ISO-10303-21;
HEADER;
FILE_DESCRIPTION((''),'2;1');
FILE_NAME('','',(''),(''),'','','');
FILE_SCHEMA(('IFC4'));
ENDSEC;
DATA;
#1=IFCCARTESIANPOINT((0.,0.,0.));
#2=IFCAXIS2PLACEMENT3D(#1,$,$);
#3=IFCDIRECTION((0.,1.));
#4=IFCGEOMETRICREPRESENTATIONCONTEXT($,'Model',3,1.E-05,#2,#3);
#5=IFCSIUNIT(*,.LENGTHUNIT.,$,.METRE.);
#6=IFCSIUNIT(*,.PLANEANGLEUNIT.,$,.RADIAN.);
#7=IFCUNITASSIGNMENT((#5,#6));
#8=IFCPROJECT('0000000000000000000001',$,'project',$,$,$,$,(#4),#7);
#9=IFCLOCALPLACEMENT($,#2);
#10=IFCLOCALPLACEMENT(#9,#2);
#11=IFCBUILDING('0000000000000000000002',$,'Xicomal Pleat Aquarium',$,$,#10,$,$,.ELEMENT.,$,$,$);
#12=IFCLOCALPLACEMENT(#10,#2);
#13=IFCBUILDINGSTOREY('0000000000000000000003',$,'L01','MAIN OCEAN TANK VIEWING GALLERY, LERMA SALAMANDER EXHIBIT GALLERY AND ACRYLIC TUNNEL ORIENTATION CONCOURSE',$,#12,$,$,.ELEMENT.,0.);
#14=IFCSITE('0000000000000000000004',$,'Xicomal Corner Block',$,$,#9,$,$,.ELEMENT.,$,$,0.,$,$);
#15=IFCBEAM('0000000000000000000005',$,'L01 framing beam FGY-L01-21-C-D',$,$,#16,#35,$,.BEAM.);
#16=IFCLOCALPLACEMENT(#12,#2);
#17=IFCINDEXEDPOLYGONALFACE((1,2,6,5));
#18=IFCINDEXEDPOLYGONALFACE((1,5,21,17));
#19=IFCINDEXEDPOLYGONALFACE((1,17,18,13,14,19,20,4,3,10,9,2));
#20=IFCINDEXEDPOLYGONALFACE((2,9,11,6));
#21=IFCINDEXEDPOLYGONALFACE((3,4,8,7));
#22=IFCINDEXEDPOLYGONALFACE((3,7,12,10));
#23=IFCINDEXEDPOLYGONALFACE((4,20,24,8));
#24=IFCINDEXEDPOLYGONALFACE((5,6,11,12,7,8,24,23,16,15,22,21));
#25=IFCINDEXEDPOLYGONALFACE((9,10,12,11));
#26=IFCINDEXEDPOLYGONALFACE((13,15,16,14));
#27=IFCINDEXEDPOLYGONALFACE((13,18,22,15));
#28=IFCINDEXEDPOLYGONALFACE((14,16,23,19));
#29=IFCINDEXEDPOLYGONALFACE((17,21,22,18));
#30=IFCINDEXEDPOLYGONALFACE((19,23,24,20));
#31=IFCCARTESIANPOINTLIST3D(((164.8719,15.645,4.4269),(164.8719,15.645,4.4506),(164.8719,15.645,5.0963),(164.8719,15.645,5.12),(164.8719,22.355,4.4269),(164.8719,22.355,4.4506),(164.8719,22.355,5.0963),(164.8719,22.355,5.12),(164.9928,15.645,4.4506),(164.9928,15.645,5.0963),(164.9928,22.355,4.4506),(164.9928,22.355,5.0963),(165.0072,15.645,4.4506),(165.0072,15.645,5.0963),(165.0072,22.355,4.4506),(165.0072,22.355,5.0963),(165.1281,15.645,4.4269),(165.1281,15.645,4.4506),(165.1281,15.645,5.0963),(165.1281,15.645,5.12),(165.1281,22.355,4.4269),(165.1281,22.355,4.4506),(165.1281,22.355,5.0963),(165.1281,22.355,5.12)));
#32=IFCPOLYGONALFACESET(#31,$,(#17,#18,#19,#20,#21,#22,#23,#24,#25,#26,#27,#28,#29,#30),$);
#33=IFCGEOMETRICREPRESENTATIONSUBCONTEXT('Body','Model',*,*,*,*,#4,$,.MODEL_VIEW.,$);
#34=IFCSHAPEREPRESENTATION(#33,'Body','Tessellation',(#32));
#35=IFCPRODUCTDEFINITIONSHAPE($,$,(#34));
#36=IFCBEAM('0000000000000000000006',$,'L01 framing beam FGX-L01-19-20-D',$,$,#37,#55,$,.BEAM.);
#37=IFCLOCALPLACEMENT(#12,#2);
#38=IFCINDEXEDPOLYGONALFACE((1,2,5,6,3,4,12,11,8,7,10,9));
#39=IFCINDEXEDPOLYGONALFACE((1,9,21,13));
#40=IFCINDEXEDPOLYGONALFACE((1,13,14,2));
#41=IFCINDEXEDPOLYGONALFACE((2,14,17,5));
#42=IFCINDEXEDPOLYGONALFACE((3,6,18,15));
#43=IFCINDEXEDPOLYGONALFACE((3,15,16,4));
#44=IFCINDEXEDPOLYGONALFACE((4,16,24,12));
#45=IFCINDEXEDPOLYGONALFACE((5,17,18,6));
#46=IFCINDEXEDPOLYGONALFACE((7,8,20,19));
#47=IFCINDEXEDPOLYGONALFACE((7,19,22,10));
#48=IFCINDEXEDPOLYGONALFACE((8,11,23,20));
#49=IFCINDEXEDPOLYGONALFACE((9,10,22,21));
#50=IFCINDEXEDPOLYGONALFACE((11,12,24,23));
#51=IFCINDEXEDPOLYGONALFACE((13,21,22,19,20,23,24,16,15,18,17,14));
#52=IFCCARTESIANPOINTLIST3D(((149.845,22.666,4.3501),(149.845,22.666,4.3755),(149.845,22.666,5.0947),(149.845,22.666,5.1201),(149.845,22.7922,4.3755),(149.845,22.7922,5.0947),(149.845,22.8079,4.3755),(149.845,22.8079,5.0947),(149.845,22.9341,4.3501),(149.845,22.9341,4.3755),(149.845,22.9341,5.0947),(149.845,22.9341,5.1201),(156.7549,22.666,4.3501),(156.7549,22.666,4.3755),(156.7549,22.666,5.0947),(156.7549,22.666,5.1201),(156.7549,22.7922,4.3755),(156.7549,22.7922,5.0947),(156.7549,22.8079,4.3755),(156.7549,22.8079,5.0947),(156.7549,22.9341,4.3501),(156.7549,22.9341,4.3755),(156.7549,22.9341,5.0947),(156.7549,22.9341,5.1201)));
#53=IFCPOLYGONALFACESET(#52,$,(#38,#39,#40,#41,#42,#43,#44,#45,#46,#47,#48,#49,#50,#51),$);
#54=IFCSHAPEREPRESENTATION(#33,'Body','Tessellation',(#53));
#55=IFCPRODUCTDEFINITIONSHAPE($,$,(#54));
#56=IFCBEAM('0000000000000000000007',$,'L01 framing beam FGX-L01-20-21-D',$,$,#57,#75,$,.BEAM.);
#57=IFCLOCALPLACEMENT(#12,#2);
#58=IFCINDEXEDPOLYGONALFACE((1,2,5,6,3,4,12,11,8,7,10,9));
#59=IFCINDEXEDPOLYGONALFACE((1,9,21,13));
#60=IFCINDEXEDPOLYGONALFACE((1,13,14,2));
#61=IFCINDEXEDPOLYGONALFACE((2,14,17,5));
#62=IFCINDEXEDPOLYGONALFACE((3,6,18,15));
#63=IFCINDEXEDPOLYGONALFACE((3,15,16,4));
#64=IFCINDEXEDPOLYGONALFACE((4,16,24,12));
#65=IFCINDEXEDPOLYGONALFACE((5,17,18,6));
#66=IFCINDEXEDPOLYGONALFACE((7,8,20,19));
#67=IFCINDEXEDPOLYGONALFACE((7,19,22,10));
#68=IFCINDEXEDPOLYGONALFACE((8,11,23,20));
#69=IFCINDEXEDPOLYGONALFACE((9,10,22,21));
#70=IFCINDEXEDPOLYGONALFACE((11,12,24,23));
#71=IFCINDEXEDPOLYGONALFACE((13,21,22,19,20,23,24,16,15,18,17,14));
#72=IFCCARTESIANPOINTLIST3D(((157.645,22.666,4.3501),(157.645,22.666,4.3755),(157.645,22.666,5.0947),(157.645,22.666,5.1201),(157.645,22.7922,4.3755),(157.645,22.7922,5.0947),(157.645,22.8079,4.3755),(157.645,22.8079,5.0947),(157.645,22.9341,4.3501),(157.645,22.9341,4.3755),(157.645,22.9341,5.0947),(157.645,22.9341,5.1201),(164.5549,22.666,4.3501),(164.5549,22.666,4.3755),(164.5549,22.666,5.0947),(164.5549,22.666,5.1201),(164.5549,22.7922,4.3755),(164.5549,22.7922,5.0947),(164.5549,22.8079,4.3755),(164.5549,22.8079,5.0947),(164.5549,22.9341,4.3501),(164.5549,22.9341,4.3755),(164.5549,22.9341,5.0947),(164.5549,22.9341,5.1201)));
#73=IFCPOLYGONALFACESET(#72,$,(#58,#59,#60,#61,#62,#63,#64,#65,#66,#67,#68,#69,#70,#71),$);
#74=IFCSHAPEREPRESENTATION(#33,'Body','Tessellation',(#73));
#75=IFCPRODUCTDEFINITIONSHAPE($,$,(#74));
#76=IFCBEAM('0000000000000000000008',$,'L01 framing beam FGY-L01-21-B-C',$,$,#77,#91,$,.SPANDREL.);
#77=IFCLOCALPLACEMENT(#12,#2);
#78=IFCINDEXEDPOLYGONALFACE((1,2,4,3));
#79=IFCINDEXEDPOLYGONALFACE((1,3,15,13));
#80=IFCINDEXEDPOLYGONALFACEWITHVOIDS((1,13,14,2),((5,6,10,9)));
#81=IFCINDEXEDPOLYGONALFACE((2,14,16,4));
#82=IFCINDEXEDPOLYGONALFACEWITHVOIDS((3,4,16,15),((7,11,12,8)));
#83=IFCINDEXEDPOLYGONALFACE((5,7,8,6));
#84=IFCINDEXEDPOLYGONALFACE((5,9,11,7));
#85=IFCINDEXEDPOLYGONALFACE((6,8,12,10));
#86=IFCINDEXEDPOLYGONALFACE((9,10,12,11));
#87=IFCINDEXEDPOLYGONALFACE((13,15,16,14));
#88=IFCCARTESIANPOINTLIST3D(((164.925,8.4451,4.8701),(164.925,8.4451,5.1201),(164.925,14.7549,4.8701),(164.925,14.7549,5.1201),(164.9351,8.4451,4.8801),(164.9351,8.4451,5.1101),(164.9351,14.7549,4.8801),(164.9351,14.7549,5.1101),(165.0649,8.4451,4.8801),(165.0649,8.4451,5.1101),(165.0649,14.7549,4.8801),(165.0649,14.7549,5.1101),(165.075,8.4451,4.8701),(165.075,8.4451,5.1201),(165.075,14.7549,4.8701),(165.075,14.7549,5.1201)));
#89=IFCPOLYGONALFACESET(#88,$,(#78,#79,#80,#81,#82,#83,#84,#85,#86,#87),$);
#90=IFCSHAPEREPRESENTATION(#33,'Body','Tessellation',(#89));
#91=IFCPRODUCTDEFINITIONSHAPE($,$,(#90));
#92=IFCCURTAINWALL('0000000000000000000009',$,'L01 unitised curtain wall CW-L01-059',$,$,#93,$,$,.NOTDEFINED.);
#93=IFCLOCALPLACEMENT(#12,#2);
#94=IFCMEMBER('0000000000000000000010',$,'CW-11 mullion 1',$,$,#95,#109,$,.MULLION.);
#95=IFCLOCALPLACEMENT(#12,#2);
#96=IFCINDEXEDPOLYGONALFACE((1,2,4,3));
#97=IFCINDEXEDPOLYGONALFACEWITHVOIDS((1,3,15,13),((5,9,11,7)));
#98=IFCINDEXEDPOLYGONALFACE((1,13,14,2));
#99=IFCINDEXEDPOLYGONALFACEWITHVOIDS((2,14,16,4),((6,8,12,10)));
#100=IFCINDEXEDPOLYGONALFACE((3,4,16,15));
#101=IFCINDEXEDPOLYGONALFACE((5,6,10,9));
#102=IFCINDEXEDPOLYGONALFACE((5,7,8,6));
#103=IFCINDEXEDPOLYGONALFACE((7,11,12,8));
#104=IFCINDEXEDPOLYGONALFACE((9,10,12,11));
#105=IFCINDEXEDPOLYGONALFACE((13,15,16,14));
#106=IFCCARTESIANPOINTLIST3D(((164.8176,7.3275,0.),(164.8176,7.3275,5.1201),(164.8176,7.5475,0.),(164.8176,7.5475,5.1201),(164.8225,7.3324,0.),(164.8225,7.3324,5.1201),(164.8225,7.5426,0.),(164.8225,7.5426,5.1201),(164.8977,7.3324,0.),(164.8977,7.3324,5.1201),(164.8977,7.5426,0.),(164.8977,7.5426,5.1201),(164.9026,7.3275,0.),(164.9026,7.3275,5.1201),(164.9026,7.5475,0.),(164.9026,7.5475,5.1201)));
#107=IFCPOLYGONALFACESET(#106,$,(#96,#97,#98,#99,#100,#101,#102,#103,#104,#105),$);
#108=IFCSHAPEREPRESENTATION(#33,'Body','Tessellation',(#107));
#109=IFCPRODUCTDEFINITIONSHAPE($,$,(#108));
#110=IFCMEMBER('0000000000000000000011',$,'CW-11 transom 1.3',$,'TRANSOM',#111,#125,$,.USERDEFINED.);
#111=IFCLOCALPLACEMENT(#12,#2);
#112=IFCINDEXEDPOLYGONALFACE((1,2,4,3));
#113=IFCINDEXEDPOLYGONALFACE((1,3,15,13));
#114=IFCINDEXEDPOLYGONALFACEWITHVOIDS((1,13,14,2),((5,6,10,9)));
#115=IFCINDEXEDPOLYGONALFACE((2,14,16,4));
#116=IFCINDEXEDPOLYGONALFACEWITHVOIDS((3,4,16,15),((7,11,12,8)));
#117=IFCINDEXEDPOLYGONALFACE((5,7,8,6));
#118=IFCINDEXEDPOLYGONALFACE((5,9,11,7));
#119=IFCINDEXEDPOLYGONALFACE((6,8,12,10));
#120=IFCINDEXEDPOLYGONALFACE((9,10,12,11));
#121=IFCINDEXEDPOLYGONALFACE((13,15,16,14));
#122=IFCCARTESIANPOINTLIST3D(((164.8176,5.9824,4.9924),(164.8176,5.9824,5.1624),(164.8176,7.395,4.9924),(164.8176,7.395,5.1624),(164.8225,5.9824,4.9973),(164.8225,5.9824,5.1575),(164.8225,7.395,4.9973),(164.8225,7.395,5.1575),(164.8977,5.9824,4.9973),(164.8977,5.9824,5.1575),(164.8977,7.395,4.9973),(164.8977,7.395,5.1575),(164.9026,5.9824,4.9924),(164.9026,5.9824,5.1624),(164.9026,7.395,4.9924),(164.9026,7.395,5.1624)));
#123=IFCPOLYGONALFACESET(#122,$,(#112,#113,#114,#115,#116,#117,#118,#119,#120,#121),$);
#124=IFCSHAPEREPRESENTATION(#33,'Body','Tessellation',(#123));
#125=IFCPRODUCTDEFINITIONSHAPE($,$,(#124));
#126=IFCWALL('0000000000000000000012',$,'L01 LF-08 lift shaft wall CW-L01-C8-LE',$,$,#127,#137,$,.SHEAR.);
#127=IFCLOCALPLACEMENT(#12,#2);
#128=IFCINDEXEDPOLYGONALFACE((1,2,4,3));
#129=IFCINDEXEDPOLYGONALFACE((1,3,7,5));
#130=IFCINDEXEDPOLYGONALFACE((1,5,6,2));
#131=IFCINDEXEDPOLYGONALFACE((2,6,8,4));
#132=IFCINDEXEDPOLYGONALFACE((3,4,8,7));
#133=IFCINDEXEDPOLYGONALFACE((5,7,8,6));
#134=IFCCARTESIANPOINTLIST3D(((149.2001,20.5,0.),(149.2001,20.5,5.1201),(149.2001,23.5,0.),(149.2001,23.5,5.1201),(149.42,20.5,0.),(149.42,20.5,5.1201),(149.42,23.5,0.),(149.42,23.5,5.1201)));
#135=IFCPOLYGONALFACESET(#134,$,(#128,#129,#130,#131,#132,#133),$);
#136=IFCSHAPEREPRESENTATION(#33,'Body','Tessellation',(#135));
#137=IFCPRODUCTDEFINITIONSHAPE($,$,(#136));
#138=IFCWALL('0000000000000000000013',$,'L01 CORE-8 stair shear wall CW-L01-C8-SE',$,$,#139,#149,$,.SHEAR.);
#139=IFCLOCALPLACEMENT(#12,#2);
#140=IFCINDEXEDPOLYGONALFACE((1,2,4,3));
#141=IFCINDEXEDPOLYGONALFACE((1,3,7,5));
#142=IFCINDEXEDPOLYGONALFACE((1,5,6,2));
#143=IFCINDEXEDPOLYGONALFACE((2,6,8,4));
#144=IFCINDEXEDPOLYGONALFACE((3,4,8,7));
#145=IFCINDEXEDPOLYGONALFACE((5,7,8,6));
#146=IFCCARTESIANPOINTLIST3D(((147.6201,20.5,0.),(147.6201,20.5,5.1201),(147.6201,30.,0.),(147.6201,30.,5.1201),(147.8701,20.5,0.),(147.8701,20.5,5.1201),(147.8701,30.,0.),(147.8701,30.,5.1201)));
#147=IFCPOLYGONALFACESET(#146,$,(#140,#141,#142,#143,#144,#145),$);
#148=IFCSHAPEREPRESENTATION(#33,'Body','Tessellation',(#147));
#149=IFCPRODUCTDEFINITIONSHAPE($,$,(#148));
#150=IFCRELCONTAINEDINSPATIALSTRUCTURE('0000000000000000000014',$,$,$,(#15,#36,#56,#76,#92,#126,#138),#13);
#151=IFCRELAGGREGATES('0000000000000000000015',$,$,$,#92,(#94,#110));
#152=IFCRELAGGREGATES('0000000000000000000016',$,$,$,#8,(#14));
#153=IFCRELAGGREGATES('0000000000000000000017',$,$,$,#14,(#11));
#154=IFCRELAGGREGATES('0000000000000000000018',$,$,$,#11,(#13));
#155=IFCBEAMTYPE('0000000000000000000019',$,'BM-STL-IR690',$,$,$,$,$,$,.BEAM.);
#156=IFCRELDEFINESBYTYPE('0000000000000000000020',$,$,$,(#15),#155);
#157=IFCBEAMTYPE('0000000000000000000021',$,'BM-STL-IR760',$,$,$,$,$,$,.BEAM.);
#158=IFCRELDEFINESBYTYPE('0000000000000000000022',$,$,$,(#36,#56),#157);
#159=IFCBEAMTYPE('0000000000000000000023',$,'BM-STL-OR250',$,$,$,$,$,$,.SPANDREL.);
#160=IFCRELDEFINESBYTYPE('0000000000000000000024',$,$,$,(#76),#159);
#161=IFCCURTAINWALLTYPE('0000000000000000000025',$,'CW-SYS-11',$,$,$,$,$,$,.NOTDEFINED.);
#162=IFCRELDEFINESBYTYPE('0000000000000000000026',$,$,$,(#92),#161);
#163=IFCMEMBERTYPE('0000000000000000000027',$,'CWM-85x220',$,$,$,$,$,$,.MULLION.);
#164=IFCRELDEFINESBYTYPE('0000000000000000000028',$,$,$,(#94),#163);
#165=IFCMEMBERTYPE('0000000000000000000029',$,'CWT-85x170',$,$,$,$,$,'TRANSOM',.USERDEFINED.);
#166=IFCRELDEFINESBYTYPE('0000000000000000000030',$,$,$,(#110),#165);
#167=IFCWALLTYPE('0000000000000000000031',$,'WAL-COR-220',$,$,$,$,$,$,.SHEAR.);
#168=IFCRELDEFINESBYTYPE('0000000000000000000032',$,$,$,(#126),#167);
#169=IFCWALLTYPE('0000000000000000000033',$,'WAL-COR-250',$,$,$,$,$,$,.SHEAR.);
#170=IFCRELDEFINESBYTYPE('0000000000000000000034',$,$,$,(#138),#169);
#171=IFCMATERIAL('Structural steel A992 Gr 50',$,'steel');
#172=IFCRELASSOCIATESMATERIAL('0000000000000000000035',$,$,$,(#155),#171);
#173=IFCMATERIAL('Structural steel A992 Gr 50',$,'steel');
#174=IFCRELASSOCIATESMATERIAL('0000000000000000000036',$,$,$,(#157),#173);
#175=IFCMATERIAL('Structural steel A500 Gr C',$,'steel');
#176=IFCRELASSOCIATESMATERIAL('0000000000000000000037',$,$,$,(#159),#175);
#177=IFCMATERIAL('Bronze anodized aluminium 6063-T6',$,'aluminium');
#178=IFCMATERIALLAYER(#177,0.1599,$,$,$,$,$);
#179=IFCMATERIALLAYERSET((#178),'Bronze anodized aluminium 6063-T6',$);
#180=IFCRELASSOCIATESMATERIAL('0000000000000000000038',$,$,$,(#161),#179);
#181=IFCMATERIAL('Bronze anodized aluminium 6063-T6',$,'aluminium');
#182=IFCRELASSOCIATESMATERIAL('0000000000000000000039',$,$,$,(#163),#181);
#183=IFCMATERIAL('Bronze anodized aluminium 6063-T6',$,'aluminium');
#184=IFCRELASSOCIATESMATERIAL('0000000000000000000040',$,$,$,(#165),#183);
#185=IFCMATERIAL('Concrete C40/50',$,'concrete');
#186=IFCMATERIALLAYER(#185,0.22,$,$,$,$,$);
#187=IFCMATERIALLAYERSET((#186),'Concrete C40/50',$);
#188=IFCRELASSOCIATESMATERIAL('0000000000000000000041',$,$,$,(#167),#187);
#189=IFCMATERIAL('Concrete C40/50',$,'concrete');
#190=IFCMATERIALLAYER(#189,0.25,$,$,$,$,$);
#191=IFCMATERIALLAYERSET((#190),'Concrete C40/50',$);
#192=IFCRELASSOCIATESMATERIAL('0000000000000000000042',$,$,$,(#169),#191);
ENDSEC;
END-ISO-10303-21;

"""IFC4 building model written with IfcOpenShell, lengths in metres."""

from ifc_helpers import new_model, si_unit, direction, frame, frame_2d, origin, origin_2d, place, context, subcontext, project, spatial, rectangle, hollow_rectangle, i_section, extrude, material, layer, layer_set, material_profile, profile_set, type_object, element, aggregate, save


model = new_model("IFC4")

# Units and contexts
model_context = context("Model", 3, precision=1e-05, world=origin(), true_north=direction((0.0, 1.0)))
body_context = subcontext(model_context, "Body", "Model", "MODEL_VIEW")
ifc_project = project(units=[si_unit("LENGTHUNIT", "METRE"), si_unit("PLANEANGLEUNIT", "RADIAN")], contexts=[model_context])

# Site, building, storey
site_placement = place(None, origin())
site = spatial("IfcSite", under=ifc_project, at=site_placement, Name="Xicomal Corner Block", CompositionType="ELEMENT", RefElevation=0.0)
building_placement = place(site_placement, origin())
building = spatial("IfcBuilding", under=site, at=building_placement, Name="Xicomal Pleat Aquarium", CompositionType="ELEMENT")
storey_placement = place(building_placement, origin())
storey = spatial("IfcBuildingStorey", under=building, at=storey_placement, Name="L01", Description="MAIN OCEAN TANK VIEWING GALLERY, LERMA SALAMANDER EXHIBIT GALLERY AND ACRYLIC TUNNEL ORIENTATION CONCOURSE", CompositionType="ELEMENT", Elevation=0.0)

# Beams
ifc_material_1 = material(Name="Structural steel A992 Gr 50", Category="steel")
ifc_material_profile_1 = material_profile(ifc_material_1, i_section(OverallWidth=0.2561, OverallDepth=0.6931, WebThickness=0.0144, FlangeThickness=0.0237, at=origin_2d()), Name="IR 690x170")
ifc_profile_set_1 = profile_set([ifc_material_profile_1], Name="Structural steel A992 Gr 50")
beam_type_1 = type_object("IfcBeamType", Name="BM-STL-IR690", PredefinedType="BEAM", material=ifc_profile_set_1)
for number, where, z_axis, x_axis, name in (
    (1, (165.0, 15.645, 4.7734), (0.0, 1.0, 0.0), (-1.0, 0.0, 0.0), "L01 framing beam FGY-L01-21-C-D"),
):
    element("IfcBeam", number, at=place(storey_placement, frame(where, z_axis=z_axis, x_axis=x_axis)), inside=storey, type_object=beam_type_1, Name=name, PredefinedType="BEAM", context=body_context, shape_type="SweptSolid", body=[
        extrude(i_section(OverallWidth=0.2561, OverallDepth=0.6931, WebThickness=0.0144, FlangeThickness=0.0237, at=origin_2d()), origin(), (0.0, 0.0, 1.0), 6.71),
    ])
ifc_material_2 = material(Name="Structural steel A992 Gr 50", Category="steel")
ifc_material_profile_2 = material_profile(ifc_material_2, i_section(OverallWidth=0.2681, OverallDepth=0.77, WebThickness=0.0156, FlangeThickness=0.0254, at=origin_2d()), Name="IR 760x196")
ifc_profile_set_2 = profile_set([ifc_material_profile_2], Name="Structural steel A992 Gr 50")
beam_type_2 = type_object("IfcBeamType", Name="BM-STL-IR760", PredefinedType="BEAM", material=ifc_profile_set_2)
for number, where, z_axis, x_axis, name in (
    (2, (149.845, 22.8, 4.7351), (1.0, 0.0, 0.0), (0.0, 1.0, 0.0), "L01 framing beam FGX-L01-19-20-D"),
    (3, (157.645, 22.8, 4.7351), (1.0, 0.0, 0.0), (0.0, 1.0, 0.0), "L01 framing beam FGX-L01-20-21-D"),
):
    element("IfcBeam", number, at=place(storey_placement, frame(where, z_axis=z_axis, x_axis=x_axis)), inside=storey, type_object=beam_type_2, Name=name, PredefinedType="BEAM", context=body_context, shape_type="SweptSolid", body=[
        extrude(i_section(OverallWidth=0.2681, OverallDepth=0.77, WebThickness=0.0156, FlangeThickness=0.0254, at=origin_2d()), origin(), (0.0, 0.0, 1.0), 6.9099),
    ])
ifc_material_3 = material(Name="Structural steel A500 Gr C", Category="steel")
ifc_material_profile_3 = material_profile(ifc_material_3, hollow_rectangle(XDim=0.1499, YDim=0.25, WallThickness=0.01, at=origin_2d()), Name="OR 250x150x10")
ifc_profile_set_3 = profile_set([ifc_material_profile_3], Name="Structural steel A500 Gr C")
beam_type_3 = type_object("IfcBeamType", Name="BM-STL-OR250", PredefinedType="SPANDREL", material=ifc_profile_set_3)
beam_1_placement = place(storey_placement, frame((165.0, 8.4451, 4.9951), z_axis=(0.0, 1.0, 0.0), x_axis=(-1.0, 0.0, 0.0)))
element("IfcBeam", 4, at=beam_1_placement, inside=storey, type_object=beam_type_3, Name="L01 framing beam FGY-L01-21-B-C", PredefinedType="SPANDREL", context=body_context, shape_type="SweptSolid", body=[
    extrude(hollow_rectangle(XDim=0.1499, YDim=0.25, WallThickness=0.01, at=origin_2d()), origin(), (0.0, 0.0, 1.0), 6.3098),
])

# Curtain wall, members
ifc_material_4 = material(Name="Bronze anodized aluminium 6063-T6", Category="aluminium")
ifc_layer_1 = layer(ifc_material_4, 0.1599)
ifc_layer_set_1 = layer_set([ifc_layer_1], Name="Bronze anodized aluminium 6063-T6")
curtain_wall_type = type_object("IfcCurtainWallType", Name="CW-SYS-11", PredefinedType="NOTDEFINED", material=ifc_layer_set_1)
curtain_wall_placement = place(storey_placement, origin())
curtain_wall = element("IfcCurtainWall", 5, at=curtain_wall_placement, inside=storey, type_object=curtain_wall_type, Name="L01 unitised curtain wall CW-L01-059", PredefinedType="NOTDEFINED")
ifc_material_5 = material(Name="Bronze anodized aluminium 6063-T6", Category="aluminium")
ifc_material_profile_4 = material_profile(ifc_material_5, hollow_rectangle(XDim=0.085, YDim=0.22, WallThickness=0.0049, at=origin_2d()), Name="ALU MULL 85x220")
ifc_profile_set_4 = profile_set([ifc_material_profile_4], Name="Bronze anodized aluminium 6063-T6")
member_type_1 = type_object("IfcMemberType", Name="CWM-85x220", PredefinedType="MULLION", material=ifc_profile_set_4)
member_1_placement = place(storey_placement, frame((164.8601, 7.4375, 0.0), z_axis=(0.0, 0.0, 1.0), x_axis=(1.0, 0.0, 0.0)))
member_1 = element("IfcMember", 6, at=member_1_placement, type_object=member_type_1, Name="CW-11 mullion 1", PredefinedType="MULLION", context=body_context, shape_type="SweptSolid", body=[
    extrude(hollow_rectangle(XDim=0.085, YDim=0.22, WallThickness=0.0049, at=origin_2d()), origin(), (0.0, 0.0, 1.0), 5.1201),
])
ifc_material_6 = material(Name="Bronze anodized aluminium 6063-T6", Category="aluminium")
ifc_material_profile_5 = material_profile(ifc_material_6, hollow_rectangle(XDim=0.085, YDim=0.1699, WallThickness=0.0049, at=origin_2d()), Name="ALU TRAN 85x170")
ifc_profile_set_5 = profile_set([ifc_material_profile_5], Name="Bronze anodized aluminium 6063-T6")
member_type_2 = type_object("IfcMemberType", Name="CWT-85x170", ElementType="TRANSOM", PredefinedType="USERDEFINED", material=ifc_profile_set_5)
member_2_placement = place(storey_placement, frame((164.8601, 7.395, 5.0774), z_axis=(0.0, -1.0, 0.0), x_axis=(1.0, 0.0, 0.0)))
member_2 = element("IfcMember", 7, at=member_2_placement, type_object=member_type_2, Name="CW-11 transom 1.3", ObjectType="TRANSOM", PredefinedType="USERDEFINED", context=body_context, shape_type="SweptSolid", body=[
    extrude(hollow_rectangle(XDim=0.085, YDim=0.1699, WallThickness=0.0049, at=origin_2d()), origin(), (0.0, 0.0, 1.0), 1.4126),
])
aggregate(curtain_wall, [member_1, member_2])

# Shared definitions
ifc_material_7 = material(Name="Concrete C40/50", Category="concrete")
ifc_layer_2 = layer(ifc_material_7, 0.22)
ifc_layer_set_2 = layer_set([ifc_layer_2], Name="Concrete C40/50")
wall_type_1 = type_object("IfcWallType", Name="WAL-COR-220", PredefinedType="SHEAR", material=ifc_layer_set_2)

# Walls
wall_1_placement = place(storey_placement, frame((149.3101, 20.5, 0.0), z_axis=(0.0, 0.0, 1.0), x_axis=(0.0, 1.0, 0.0)))
element("IfcWall", 8, at=wall_1_placement, inside=storey, type_object=wall_type_1, Name="L01 LF-08 lift shaft wall CW-L01-C8-LE", PredefinedType="SHEAR", context=body_context, shape_type="SweptSolid", body=[
    extrude(rectangle(XDim=3.0, YDim=0.22, at=frame_2d((1.5, 0.0))), origin(), (0.0, 0.0, 1.0), 5.1201),
])
ifc_material_8 = material(Name="Concrete C40/50", Category="concrete")
ifc_layer_3 = layer(ifc_material_8, 0.25)
ifc_layer_set_3 = layer_set([ifc_layer_3], Name="Concrete C40/50")
wall_type_2 = type_object("IfcWallType", Name="WAL-COR-250", PredefinedType="SHEAR", material=ifc_layer_set_3)
wall_2_placement = place(storey_placement, frame((147.7451, 20.5, 0.0), z_axis=(0.0, 0.0, 1.0), x_axis=(0.0, 1.0, 0.0)))
element("IfcWall", 9, at=wall_2_placement, inside=storey, type_object=wall_type_2, Name="L01 CORE-8 stair shear wall CW-L01-C8-SE", PredefinedType="SHEAR", context=body_context, shape_type="SweptSolid", body=[
    extrude(rectangle(XDim=9.5, YDim=0.25, at=frame_2d((4.75, 0.0))), origin(), (0.0, 0.0, 1.0), 5.1201),
])

save(model, "model.ifc")
